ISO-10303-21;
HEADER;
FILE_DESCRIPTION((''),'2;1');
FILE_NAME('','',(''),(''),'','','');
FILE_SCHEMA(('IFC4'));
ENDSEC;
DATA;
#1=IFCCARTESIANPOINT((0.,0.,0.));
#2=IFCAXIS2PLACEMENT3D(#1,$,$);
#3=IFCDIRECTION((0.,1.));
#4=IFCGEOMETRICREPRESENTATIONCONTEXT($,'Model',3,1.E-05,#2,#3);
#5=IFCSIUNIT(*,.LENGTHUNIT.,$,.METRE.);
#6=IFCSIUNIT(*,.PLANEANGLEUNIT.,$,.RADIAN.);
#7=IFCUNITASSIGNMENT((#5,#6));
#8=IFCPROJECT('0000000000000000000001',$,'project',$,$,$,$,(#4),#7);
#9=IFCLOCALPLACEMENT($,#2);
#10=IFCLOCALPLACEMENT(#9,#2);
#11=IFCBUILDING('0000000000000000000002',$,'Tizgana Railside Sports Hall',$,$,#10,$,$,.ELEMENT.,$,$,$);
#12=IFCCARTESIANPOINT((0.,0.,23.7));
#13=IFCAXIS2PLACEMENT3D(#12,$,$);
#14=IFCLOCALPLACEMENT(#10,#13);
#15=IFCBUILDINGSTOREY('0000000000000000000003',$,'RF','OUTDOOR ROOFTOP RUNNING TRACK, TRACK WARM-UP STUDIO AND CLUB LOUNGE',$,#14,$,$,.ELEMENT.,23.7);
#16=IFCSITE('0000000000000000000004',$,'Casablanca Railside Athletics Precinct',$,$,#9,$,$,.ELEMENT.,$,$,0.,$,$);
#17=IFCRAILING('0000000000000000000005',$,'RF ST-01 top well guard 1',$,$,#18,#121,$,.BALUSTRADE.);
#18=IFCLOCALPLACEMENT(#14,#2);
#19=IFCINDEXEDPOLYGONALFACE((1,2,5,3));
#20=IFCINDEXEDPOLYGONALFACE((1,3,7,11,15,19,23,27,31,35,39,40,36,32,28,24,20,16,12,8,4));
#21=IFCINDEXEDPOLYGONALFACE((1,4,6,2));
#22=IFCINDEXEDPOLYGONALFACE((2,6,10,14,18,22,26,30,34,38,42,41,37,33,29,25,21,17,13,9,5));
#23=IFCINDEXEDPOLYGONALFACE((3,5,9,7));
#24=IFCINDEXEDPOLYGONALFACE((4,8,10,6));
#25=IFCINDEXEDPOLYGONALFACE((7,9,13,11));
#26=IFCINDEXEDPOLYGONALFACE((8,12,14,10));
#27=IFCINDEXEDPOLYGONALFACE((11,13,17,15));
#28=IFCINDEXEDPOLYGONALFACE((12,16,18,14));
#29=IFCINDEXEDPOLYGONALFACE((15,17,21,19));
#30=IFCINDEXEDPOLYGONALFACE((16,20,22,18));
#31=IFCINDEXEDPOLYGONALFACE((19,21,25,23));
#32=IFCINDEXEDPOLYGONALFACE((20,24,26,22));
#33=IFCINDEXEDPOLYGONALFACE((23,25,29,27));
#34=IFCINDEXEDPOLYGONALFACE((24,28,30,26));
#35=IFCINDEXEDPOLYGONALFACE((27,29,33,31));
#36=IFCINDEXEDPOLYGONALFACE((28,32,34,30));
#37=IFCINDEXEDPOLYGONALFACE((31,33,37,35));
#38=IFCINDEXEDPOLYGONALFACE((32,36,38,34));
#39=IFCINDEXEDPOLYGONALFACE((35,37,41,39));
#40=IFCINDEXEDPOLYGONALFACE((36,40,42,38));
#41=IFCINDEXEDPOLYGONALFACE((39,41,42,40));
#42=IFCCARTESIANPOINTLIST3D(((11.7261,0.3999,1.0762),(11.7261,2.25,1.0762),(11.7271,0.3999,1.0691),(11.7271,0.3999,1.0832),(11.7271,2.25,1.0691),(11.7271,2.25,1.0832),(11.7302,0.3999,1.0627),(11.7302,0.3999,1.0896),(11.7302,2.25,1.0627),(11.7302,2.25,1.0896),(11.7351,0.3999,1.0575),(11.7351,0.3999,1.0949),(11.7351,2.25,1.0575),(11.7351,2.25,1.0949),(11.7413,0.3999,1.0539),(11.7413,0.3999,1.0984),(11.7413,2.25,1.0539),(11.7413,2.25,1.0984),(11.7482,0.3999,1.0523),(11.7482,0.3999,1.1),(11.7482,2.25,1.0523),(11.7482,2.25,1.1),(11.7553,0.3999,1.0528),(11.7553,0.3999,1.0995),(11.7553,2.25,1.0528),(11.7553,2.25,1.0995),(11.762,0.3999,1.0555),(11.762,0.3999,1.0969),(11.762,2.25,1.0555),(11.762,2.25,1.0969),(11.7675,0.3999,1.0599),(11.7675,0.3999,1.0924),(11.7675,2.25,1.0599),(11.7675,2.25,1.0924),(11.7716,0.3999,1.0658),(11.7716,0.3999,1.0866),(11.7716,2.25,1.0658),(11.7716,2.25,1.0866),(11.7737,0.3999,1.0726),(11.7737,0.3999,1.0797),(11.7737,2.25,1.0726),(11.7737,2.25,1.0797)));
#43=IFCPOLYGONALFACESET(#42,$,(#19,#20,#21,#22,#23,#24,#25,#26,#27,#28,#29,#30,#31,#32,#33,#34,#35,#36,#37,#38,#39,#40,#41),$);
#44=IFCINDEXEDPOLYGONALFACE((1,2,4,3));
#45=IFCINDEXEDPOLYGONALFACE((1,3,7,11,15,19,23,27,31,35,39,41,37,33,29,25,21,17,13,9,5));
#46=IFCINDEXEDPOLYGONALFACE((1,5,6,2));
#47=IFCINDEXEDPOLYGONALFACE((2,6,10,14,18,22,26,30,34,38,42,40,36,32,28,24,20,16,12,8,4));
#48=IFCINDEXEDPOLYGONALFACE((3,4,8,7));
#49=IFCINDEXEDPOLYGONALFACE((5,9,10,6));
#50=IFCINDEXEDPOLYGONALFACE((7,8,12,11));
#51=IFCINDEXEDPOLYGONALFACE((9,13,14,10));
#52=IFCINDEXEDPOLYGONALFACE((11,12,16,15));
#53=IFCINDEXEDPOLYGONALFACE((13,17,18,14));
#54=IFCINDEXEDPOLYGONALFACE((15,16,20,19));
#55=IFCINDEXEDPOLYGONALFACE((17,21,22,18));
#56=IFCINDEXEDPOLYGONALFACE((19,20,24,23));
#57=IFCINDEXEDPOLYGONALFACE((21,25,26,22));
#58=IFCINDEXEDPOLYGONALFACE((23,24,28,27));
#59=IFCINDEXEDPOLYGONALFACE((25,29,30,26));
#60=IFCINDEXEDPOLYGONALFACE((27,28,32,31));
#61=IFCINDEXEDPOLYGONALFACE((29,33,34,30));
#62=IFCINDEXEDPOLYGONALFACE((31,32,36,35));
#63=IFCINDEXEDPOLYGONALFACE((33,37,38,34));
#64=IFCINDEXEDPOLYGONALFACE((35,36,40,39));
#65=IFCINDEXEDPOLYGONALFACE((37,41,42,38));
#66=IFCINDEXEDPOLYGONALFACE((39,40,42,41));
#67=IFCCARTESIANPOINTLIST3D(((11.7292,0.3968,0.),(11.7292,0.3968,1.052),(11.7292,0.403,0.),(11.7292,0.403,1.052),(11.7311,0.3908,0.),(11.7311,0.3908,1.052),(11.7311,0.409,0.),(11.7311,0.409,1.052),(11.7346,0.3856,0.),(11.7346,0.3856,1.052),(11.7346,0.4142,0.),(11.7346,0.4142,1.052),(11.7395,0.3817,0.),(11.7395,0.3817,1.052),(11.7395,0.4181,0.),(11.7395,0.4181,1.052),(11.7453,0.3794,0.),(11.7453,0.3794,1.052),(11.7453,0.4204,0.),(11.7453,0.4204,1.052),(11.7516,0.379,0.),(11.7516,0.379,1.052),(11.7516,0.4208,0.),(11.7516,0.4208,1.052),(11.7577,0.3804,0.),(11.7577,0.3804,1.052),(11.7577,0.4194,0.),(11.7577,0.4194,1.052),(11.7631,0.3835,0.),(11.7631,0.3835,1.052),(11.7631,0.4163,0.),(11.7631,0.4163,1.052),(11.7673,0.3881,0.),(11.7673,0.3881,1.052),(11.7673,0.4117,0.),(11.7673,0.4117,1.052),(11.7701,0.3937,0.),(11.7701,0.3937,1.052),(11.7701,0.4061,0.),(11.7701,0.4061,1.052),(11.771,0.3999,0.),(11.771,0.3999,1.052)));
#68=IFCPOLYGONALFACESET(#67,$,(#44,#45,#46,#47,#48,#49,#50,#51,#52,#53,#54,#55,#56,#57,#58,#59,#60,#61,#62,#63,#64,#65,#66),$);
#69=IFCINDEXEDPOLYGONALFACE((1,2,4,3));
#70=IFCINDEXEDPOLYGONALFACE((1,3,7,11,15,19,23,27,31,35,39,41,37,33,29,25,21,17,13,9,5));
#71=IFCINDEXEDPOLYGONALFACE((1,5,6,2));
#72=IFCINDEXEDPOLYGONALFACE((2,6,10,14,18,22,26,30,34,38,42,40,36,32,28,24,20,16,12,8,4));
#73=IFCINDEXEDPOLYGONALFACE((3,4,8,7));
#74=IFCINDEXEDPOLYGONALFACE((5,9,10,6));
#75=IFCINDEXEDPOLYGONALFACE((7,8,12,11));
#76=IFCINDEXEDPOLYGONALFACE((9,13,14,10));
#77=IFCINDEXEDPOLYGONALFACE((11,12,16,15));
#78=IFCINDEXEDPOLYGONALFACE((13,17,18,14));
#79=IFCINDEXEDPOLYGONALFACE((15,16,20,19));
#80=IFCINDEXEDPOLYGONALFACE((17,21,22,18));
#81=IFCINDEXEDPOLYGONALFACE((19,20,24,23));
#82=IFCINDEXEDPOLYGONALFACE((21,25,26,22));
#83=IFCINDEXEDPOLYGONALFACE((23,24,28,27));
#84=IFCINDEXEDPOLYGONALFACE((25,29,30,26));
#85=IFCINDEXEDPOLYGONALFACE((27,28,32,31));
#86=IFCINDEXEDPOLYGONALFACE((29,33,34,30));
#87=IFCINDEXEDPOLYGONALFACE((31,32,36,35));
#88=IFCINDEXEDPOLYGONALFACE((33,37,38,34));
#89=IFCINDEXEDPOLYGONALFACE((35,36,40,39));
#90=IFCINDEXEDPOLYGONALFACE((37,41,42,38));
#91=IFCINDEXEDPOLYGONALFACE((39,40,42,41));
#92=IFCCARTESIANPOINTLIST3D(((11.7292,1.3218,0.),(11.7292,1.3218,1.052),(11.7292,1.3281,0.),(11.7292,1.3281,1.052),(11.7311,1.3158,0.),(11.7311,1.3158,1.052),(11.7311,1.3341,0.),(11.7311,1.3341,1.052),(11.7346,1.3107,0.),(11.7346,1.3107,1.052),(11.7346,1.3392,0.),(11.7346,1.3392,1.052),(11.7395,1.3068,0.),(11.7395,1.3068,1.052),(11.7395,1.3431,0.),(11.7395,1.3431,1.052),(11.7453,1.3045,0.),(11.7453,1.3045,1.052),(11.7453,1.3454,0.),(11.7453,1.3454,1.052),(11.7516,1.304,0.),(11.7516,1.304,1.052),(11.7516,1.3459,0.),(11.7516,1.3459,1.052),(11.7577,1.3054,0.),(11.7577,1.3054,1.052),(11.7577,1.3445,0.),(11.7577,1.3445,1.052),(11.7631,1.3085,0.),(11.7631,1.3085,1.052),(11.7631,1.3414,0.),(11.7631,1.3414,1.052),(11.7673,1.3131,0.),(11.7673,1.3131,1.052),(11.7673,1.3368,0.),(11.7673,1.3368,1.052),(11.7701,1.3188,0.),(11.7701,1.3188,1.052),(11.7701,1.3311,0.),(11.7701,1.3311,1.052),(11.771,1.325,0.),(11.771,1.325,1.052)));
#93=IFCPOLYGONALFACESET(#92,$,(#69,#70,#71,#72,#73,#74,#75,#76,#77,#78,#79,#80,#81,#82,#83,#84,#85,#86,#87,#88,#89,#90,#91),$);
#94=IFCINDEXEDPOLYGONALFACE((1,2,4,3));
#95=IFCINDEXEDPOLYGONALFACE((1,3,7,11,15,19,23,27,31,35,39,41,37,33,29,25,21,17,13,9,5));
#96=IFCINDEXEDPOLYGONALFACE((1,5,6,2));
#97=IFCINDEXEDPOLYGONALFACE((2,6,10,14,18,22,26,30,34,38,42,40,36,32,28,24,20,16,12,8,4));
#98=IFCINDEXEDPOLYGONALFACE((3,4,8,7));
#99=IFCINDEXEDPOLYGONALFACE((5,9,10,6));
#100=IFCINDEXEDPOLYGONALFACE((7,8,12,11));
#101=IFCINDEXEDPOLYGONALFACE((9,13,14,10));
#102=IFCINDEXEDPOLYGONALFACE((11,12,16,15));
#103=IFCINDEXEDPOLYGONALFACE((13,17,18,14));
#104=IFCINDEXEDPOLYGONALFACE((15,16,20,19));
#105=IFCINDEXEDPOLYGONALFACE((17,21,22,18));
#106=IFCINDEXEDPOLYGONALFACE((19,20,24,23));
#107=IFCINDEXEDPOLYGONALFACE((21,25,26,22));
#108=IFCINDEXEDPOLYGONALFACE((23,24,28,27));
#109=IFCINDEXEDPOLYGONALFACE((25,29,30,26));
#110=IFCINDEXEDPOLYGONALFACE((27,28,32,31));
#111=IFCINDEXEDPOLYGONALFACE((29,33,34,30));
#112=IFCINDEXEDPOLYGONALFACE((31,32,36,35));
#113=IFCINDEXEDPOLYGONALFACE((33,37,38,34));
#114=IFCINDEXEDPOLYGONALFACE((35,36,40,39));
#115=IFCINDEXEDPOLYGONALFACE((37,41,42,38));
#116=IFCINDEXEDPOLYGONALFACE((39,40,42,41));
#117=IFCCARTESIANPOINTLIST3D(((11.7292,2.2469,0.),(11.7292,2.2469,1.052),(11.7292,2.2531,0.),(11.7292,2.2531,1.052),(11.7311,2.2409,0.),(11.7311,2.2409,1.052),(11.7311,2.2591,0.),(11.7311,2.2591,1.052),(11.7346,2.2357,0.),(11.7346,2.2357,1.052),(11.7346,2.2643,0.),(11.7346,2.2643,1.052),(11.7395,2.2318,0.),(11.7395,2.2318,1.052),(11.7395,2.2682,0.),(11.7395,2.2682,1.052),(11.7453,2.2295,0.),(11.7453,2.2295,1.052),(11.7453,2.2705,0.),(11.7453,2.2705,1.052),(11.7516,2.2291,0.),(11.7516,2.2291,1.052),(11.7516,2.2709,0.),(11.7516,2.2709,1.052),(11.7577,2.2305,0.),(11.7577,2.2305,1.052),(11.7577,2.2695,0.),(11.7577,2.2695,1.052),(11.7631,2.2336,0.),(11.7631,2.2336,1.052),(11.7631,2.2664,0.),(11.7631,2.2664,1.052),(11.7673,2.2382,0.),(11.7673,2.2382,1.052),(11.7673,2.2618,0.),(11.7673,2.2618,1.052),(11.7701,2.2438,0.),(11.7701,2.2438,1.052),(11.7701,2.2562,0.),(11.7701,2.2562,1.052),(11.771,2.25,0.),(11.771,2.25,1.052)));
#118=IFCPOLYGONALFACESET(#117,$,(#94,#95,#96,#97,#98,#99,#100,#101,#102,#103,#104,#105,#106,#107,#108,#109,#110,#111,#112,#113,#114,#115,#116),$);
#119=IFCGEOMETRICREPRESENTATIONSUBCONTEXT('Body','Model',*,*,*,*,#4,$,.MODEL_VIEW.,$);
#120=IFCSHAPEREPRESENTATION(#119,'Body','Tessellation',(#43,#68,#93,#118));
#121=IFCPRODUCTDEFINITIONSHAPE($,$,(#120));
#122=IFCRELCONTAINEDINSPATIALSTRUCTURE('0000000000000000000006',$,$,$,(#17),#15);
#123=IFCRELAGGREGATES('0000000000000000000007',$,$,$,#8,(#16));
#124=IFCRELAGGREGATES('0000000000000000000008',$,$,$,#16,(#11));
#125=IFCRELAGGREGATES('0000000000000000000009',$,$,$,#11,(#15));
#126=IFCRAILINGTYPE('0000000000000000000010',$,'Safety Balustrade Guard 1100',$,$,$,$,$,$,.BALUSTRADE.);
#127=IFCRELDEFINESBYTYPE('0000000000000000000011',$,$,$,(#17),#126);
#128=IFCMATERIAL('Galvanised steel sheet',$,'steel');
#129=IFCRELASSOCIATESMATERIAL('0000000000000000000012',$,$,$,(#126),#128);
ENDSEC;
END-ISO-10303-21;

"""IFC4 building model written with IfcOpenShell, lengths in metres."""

from ifc_helpers import new_model, si_unit, direction, frame, origin, origin_2d, place, context, subcontext, project, spatial, circle, extrude, material, type_object, element, save


model = new_model("IFC4")

# Units and contexts
model_context = context("Model", 3, precision=1e-05, world=origin(), true_north=direction((0.0, 1.0)))
body_context = subcontext(model_context, "Body", "Model", "MODEL_VIEW")
ifc_project = project(units=[si_unit("LENGTHUNIT", "METRE"), si_unit("PLANEANGLEUNIT", "RADIAN")], contexts=[model_context])

# Site, building, storey
site_placement = place(None, origin())
site = spatial("IfcSite", under=ifc_project, at=site_placement, Name="Casablanca Railside Athletics Precinct", CompositionType="ELEMENT", RefElevation=0.0)
building_placement = place(site_placement, origin())
building = spatial("IfcBuilding", under=site, at=building_placement, Name="Tizgana Railside Sports Hall", CompositionType="ELEMENT")
storey_placement = place(building_placement, frame((0.0, 0.0, 23.7)))
storey = spatial("IfcBuildingStorey", under=building, at=storey_placement, Name="RF", Description="OUTDOOR ROOFTOP RUNNING TRACK, TRACK WARM-UP STUDIO AND CLUB LOUNGE", CompositionType="ELEMENT", Elevation=23.7)

# Railing
ifc_material_1 = material(Name="Galvanised steel sheet", Category="steel")
railing_type_1 = type_object("IfcRailingType", Name="Safety Balustrade Guard 1100", PredefinedType="BALUSTRADE", material=ifc_material_1)
railing_1_placement = place(storey_placement, frame((11.75, 0.3999, 0.0)))
element("IfcRailing", 1, at=railing_1_placement, inside=storey, type_object=railing_type_1, Name="RF ST-01 top well guard 1", PredefinedType="BALUSTRADE", context=body_context, shape_type="SweptSolid", body=[
    extrude(circle(Radius=0.0239, at=origin_2d()), frame((0.0, 0.0, 1.0762), z_axis=(0.0, 1.0, 0.0), x_axis=(-1.0, 0.0, 0.0)), (0.0, 0.0, 1.0), 1.8501),
    extrude(circle(Radius=0.021, at=origin_2d()), origin(), (0.0, 0.0, 1.0), 1.052),
    extrude(circle(Radius=0.021, at=origin_2d()), frame((0.0, 0.925, 0.0)), (0.0, 0.0, 1.0), 1.052),
    extrude(circle(Radius=0.021, at=origin_2d()), frame((0.0, 1.8501, 0.0)), (0.0, 0.0, 1.0), 1.052),
])

save(model, "model.ifc")
